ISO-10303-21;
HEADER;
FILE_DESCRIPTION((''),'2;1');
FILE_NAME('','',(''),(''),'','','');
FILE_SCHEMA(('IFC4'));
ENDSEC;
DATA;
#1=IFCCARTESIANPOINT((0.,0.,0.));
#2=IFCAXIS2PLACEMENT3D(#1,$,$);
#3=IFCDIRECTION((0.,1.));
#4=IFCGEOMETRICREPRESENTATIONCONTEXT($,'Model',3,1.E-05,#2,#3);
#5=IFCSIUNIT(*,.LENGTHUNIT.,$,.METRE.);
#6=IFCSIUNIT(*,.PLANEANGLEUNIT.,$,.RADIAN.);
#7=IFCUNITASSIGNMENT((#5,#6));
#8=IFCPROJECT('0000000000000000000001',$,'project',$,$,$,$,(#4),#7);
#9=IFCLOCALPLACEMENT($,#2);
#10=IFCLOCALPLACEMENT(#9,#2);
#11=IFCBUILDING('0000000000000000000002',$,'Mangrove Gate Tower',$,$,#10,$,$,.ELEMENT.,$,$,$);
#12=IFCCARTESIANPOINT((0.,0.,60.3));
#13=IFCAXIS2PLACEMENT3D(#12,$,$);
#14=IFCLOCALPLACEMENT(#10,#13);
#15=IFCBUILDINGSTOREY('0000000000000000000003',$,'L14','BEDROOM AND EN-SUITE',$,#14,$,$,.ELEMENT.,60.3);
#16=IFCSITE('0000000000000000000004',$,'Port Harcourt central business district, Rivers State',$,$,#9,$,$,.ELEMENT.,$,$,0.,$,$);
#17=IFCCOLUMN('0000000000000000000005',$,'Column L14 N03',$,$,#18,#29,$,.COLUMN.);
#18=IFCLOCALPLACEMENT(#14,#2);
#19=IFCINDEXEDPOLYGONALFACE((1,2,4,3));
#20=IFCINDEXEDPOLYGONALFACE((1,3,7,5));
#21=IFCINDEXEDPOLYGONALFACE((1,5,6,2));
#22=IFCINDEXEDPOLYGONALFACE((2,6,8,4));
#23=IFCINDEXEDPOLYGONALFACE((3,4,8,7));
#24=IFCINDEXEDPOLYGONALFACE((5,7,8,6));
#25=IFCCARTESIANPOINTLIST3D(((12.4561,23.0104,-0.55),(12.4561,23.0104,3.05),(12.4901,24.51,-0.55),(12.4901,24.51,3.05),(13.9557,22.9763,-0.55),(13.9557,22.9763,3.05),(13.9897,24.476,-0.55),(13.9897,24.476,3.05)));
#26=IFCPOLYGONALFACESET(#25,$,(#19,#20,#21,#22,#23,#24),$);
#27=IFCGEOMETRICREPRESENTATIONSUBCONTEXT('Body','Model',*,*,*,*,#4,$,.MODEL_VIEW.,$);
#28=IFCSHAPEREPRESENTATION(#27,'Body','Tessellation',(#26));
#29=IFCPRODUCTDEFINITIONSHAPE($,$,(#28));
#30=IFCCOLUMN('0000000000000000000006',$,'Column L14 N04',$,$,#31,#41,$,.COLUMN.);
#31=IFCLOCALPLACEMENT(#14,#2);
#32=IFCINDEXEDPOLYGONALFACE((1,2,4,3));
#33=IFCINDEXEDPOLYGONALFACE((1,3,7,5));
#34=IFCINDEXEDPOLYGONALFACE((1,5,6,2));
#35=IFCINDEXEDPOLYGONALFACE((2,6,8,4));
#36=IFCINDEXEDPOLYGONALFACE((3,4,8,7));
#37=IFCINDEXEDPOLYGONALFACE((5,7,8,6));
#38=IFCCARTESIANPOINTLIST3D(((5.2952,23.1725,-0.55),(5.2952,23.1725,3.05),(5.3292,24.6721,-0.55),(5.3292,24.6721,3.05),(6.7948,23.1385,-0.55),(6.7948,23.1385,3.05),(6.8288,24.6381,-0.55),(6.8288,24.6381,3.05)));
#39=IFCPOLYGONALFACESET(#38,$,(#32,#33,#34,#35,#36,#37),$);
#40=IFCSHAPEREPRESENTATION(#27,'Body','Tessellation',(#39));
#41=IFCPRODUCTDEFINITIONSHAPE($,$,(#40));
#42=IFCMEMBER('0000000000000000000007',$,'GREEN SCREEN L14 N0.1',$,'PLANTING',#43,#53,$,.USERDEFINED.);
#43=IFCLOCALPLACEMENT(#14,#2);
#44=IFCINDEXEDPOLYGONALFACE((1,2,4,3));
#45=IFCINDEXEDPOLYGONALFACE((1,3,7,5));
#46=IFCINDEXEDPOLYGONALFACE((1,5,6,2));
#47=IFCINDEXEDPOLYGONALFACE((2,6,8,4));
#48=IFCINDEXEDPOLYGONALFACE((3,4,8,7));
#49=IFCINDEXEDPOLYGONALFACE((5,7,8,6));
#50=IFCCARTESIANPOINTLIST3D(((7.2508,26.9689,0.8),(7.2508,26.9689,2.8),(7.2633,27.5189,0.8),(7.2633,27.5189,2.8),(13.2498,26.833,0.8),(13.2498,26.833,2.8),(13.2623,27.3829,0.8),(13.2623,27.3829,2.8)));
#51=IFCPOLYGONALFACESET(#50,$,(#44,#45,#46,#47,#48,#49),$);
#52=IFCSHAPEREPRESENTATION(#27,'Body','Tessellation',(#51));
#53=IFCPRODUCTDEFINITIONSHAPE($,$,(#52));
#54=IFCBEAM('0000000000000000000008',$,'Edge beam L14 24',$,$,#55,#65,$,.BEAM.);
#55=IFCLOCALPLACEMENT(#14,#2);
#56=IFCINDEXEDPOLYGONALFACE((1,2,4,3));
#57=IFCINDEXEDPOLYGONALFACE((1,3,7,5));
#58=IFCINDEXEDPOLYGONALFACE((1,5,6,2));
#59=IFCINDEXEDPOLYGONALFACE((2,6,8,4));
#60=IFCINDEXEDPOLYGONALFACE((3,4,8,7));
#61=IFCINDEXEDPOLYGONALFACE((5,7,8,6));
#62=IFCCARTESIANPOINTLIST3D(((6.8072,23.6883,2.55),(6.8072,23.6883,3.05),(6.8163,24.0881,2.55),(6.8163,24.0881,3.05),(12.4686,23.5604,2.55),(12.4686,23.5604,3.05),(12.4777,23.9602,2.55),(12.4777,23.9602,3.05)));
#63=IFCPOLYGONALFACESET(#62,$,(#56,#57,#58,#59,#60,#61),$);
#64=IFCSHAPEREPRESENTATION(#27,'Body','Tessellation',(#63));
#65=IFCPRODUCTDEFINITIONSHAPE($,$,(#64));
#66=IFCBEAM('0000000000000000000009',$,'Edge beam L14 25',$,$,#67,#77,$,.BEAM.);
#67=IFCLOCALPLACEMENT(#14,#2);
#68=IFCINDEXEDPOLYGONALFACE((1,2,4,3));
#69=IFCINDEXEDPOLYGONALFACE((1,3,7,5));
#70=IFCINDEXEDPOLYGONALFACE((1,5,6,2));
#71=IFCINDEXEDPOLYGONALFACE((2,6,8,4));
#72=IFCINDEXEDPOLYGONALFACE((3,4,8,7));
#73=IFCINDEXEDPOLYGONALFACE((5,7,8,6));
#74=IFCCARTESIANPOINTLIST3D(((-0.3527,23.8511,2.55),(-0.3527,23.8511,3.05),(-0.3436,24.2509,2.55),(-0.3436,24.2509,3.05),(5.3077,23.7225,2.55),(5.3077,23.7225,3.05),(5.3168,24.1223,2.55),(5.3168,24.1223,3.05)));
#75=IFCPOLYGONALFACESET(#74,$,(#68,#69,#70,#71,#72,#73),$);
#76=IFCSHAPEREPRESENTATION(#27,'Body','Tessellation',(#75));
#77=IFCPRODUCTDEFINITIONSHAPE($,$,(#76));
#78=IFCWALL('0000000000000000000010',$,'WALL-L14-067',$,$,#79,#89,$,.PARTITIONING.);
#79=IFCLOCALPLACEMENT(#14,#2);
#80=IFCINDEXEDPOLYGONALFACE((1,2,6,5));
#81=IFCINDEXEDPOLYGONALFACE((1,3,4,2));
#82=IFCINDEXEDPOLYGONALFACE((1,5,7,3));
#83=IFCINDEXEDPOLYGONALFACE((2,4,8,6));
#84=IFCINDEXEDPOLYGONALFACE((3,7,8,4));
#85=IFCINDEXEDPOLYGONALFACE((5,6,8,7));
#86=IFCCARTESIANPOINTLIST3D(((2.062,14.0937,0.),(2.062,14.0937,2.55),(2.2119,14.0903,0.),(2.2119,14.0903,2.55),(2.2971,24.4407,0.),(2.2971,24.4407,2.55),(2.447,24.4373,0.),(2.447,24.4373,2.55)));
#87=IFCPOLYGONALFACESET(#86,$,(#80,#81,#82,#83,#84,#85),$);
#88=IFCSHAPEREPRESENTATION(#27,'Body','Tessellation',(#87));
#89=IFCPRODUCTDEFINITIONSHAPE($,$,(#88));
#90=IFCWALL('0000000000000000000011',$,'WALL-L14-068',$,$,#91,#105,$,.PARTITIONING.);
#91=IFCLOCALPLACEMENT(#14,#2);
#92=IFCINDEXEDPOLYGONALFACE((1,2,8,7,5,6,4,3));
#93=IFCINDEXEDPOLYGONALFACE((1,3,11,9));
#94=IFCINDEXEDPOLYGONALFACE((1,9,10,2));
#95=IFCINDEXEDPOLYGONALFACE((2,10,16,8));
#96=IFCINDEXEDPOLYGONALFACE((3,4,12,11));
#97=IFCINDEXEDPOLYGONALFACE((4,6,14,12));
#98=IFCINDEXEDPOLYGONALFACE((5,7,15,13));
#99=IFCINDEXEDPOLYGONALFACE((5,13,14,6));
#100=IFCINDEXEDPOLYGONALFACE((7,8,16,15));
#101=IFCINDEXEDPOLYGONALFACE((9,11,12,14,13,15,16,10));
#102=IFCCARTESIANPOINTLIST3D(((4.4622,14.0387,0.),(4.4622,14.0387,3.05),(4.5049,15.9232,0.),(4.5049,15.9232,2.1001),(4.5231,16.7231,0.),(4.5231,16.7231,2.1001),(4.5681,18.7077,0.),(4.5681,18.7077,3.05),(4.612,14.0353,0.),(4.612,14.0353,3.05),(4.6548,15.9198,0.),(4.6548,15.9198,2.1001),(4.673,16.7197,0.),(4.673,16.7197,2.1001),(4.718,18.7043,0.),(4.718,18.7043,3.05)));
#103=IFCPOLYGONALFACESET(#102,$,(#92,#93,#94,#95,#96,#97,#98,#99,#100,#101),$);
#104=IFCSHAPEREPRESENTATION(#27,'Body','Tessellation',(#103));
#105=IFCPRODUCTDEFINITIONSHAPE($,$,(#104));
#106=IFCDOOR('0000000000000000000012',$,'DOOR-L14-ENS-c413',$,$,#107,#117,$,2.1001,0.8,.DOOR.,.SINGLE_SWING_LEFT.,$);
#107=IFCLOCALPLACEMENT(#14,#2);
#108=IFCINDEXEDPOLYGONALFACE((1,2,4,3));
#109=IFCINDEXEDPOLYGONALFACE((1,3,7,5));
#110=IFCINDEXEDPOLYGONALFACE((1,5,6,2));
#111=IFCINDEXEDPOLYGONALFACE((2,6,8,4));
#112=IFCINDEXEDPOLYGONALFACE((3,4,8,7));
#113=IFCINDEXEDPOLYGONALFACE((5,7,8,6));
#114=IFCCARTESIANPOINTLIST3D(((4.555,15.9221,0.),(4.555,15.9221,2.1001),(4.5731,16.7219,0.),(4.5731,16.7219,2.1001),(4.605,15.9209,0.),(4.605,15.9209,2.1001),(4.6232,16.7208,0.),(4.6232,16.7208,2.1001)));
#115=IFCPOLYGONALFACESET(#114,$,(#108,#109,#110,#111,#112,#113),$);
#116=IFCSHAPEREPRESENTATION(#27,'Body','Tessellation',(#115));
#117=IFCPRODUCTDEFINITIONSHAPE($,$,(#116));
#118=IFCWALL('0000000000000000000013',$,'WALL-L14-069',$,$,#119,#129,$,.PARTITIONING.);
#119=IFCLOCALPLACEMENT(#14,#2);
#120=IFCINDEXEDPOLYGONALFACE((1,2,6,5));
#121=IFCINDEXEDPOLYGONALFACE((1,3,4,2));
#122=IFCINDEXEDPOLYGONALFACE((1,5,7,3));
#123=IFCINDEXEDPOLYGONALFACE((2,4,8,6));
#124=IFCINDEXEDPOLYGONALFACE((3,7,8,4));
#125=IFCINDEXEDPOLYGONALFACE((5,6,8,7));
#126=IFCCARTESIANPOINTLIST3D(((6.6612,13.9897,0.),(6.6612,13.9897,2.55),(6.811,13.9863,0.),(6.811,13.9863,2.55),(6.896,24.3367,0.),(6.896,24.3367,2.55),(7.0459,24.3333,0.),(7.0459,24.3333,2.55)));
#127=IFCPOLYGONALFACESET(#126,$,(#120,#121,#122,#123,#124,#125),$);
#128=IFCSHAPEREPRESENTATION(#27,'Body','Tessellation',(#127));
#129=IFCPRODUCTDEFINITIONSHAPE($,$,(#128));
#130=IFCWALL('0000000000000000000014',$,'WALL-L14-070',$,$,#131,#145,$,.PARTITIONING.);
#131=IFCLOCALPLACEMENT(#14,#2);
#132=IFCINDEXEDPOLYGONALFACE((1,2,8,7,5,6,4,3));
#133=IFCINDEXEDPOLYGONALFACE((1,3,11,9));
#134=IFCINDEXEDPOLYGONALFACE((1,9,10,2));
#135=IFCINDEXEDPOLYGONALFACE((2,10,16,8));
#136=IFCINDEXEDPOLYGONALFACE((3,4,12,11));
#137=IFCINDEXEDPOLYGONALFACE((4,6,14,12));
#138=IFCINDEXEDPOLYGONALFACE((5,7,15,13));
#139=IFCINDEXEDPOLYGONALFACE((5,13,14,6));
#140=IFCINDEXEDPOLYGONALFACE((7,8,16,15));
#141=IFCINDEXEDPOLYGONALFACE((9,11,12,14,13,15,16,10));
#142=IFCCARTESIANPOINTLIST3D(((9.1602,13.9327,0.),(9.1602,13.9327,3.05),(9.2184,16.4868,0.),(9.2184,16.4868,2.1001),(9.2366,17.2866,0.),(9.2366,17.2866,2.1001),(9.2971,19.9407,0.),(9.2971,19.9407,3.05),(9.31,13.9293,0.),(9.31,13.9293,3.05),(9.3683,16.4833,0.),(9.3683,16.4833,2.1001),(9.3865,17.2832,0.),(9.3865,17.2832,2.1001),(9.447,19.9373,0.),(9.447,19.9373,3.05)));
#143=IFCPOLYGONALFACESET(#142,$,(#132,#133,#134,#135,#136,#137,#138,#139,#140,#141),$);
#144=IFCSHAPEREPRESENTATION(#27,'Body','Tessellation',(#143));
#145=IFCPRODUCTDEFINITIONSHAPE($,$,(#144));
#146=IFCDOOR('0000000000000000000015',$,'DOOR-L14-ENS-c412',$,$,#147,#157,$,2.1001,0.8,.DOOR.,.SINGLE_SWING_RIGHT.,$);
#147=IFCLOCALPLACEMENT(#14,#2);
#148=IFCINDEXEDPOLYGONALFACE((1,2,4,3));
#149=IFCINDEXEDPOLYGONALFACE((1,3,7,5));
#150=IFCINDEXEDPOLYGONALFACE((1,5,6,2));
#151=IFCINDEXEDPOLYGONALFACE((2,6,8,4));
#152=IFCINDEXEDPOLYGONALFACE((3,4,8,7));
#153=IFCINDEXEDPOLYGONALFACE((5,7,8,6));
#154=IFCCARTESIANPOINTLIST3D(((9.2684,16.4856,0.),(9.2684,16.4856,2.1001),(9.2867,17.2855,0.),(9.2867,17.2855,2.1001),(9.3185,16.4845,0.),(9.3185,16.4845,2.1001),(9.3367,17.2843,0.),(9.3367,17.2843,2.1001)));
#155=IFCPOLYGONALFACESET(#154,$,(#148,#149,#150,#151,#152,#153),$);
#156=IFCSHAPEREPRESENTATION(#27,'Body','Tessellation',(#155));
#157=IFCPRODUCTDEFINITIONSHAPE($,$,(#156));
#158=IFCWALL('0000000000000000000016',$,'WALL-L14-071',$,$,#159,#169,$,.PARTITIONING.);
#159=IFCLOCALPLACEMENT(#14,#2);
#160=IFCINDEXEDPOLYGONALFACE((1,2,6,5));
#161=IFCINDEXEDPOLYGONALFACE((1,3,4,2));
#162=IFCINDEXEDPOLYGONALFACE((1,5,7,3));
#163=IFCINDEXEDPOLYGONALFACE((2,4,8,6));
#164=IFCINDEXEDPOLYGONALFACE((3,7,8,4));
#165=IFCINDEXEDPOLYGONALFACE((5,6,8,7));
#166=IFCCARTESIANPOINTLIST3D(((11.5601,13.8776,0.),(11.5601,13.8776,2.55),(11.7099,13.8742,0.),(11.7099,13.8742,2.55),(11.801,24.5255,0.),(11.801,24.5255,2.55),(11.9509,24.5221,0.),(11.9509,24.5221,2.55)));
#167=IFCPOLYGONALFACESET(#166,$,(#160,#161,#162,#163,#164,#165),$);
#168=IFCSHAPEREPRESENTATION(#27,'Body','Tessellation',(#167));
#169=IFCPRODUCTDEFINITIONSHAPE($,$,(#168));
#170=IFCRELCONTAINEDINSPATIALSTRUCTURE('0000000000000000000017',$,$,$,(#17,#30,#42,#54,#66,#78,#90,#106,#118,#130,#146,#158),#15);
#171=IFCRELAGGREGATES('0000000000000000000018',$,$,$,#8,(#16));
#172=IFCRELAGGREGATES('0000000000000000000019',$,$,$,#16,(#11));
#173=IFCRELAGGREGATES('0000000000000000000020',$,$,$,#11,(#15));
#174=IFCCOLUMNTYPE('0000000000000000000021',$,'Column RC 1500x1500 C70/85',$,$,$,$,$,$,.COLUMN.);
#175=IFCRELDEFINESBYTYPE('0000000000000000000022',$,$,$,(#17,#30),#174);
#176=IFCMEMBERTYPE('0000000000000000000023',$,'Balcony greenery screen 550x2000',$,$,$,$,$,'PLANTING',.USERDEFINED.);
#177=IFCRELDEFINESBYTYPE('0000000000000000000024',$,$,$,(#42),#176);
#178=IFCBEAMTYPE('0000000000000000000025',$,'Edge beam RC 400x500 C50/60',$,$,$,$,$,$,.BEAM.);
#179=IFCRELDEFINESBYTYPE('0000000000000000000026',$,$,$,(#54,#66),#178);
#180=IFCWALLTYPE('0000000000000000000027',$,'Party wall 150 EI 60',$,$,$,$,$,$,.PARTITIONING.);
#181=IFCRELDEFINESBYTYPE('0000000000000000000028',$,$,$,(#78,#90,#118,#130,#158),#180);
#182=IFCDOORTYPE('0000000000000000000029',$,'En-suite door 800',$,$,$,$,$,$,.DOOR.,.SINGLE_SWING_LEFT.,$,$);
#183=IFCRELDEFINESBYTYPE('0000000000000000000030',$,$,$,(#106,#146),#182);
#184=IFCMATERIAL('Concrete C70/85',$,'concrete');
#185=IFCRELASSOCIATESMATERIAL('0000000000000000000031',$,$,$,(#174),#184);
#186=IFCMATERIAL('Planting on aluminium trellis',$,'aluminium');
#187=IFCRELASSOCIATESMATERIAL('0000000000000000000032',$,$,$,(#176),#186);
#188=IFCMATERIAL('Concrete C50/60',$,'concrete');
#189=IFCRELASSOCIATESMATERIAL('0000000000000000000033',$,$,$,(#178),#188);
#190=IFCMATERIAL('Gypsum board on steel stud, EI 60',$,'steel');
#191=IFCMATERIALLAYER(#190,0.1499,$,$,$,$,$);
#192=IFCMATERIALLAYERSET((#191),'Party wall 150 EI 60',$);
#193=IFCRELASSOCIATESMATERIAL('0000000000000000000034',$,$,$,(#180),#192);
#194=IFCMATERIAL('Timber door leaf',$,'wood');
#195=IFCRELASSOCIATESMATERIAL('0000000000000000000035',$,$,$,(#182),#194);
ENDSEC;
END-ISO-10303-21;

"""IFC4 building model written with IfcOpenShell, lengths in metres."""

from ifc_helpers import new_model, si_unit, direction, frame, frame_2d, origin, origin_2d, place, context, subcontext, project, spatial, rectangle, extrude, material, layer, layer_set, material_profile, profile_set, type_object, element, fill, save


model = new_model("IFC4")

# Units and contexts
model_context = context("Model", 3, precision=1e-05, world=origin(), true_north=direction((0.0, 1.0)))
body_context = subcontext(model_context, "Body", "Model", "MODEL_VIEW")
ifc_project = project(units=[si_unit("LENGTHUNIT", "METRE"), si_unit("PLANEANGLEUNIT", "RADIAN")], contexts=[model_context])

# Site, building, storey
site_placement = place(None, origin())
site = spatial("IfcSite", under=ifc_project, at=site_placement, Name="Port Harcourt central business district, Rivers State", CompositionType="ELEMENT", RefElevation=0.0)
building_placement = place(site_placement, origin())
building = spatial("IfcBuilding", under=site, at=building_placement, Name="Mangrove Gate Tower", CompositionType="ELEMENT")
storey_placement = place(building_placement, frame((0.0, 0.0, 60.3)))
storey = spatial("IfcBuildingStorey", under=building, at=storey_placement, Name="L14", Description="BEDROOM AND EN-SUITE", CompositionType="ELEMENT", Elevation=60.3)

# Columns
ifc_material_1 = material(Name="Concrete C70/85", Category="concrete")
ifc_material_profile_1 = material_profile(ifc_material_1, rectangle(XDim=1.5, YDim=1.5, at=origin_2d()))
ifc_profile_set_1 = profile_set([ifc_material_profile_1], Name="Concrete C70/85")
column_type = type_object("IfcColumnType", Name="Column RC 1500x1500 C70/85", PredefinedType="COLUMN", material=ifc_profile_set_1)
for number, where, z_axis, x_axis, name in (
    (1, (13.2229, 23.7432, -0.55), (0.0, 0.0, 1.0), (-0.999743, 0.022688, 0.0), "Column L14 N03"),
    (2, (6.062, 23.9053, -0.55), (0.0, 0.0, 1.0), (-0.999743, 0.022688, 0.0), "Column L14 N04"),
):
    element("IfcColumn", number, at=place(storey_placement, frame(where, z_axis=z_axis, x_axis=x_axis)), inside=storey, type_object=column_type, Name=name, PredefinedType="COLUMN", context=body_context, shape_type="SweptSolid", body=[
        extrude(rectangle(XDim=1.5, YDim=1.5, at=origin_2d()), origin(), (0.0, 0.0, 1.0), 3.6001),
    ])

# Member
ifc_material_2 = material(Name="Planting on aluminium trellis", Category="aluminium")
ifc_material_profile_2 = material_profile(ifc_material_2, rectangle(XDim=0.55, YDim=2.0, at=origin_2d()))
ifc_profile_set_2 = profile_set([ifc_material_profile_2], Name="Planting on aluminium trellis")
member_type = type_object("IfcMemberType", Name="Balcony greenery screen 550x2000", ElementType="PLANTING", PredefinedType="USERDEFINED", material=ifc_profile_set_2)
member_placement = place(storey_placement, frame((7.2571, 27.2439, 1.8), z_axis=(0.999743, -0.022662, 0.0), x_axis=(0.022662, 0.999743, 0.0)))
element("IfcMember", 3, at=member_placement, inside=storey, type_object=member_type, Name="GREEN SCREEN L14 N0.1", ObjectType="PLANTING", PredefinedType="USERDEFINED", context=body_context, shape_type="SweptSolid", body=[
    extrude(rectangle(XDim=0.55, YDim=2.0, at=origin_2d()), origin(), (0.0, 0.0, 1.0), 6.0005),
])

# Beams
ifc_material_3 = material(Name="Concrete C50/60", Category="concrete")
ifc_material_profile_3 = material_profile(ifc_material_3, rectangle(XDim=0.3999, YDim=0.5, at=origin_2d()))
ifc_profile_set_3 = profile_set([ifc_material_profile_3], Name="Concrete C50/60")
beam_type = type_object("IfcBeamType", Name="Edge beam RC 400x500 C50/60", PredefinedType="BEAM", material=ifc_profile_set_3)
beam_1_placement = place(storey_placement, frame((12.4731, 23.7603, 2.8), z_axis=(-0.999745, 0.022591, 0.0), x_axis=(-0.022591, -0.999745, 0.0)))
element("IfcBeam", 4, at=beam_1_placement, inside=storey, type_object=beam_type, Name="Edge beam L14 24", PredefinedType="BEAM", context=body_context, shape_type="SweptSolid", body=[
    extrude(rectangle(XDim=0.3999, YDim=0.5, at=origin_2d()), origin(), (0.0, 0.0, 1.0), 5.6628),
])
beam_2_placement = place(storey_placement, frame((5.3123, 23.9224, 2.8), z_axis=(-0.999742, 0.022724, 0.0), x_axis=(-0.022724, -0.999742, 0.0)))
element("IfcBeam", 5, at=beam_2_placement, inside=storey, type_object=beam_type, Name="Edge beam L14 25", PredefinedType="BEAM", context=body_context, shape_type="SweptSolid", body=[
    extrude(rectangle(XDim=0.3999, YDim=0.5, at=origin_2d()), origin(), (0.0, 0.0, 1.0), 5.6619),
])

# Wall
ifc_material_4 = material(Name="Gypsum board on steel stud, EI 60", Category="steel")
ifc_layer_1 = layer(ifc_material_4, 0.1499)
ifc_layer_set_1 = layer_set([ifc_layer_1], Name="Party wall 150 EI 60")
wall_type_1 = type_object("IfcWallType", Name="Party wall 150 EI 60", PredefinedType="PARTITIONING", material=ifc_layer_set_1)
wall_1_placement = place(storey_placement, frame((2.137, 14.092, 0.0), z_axis=(0.0, 0.0, 1.0), x_axis=(0.022717, 0.999742, 0.0)))
element("IfcWall", 6, at=wall_1_placement, inside=storey, type_object=wall_type_1, Name="WALL-L14-067", PredefinedType="PARTITIONING", context=body_context, shape_type="SweptSolid", body=[
    extrude(rectangle(XDim=10.3496, YDim=0.1499, at=frame_2d((5.1748, 0.0))), origin(), (0.0, 0.0, 1.0), 2.55),
])

# Wall, opening, door
wall_2_placement = place(storey_placement, frame((4.5371, 14.0371, 0.0), z_axis=(0.0, 0.0, 1.0), x_axis=(0.022688, 0.999743, 0.0)))
wall_2 = element("IfcWall", 7, at=wall_2_placement, inside=storey, type_object=wall_type_1, Name="WALL-L14-068", PredefinedType="PARTITIONING", context=body_context, shape_type="SweptSolid", body=[
    extrude(rectangle(XDim=4.6702, YDim=0.1499, at=frame_2d((2.335, 0.0))), origin(), (0.0, 0.0, 1.0), 3.05),
])
opening_1_placement = place(wall_2_placement, frame((1.885, 0.0, 0.0)))
opening_1 = element("IfcOpeningElement", 8, at=opening_1_placement, cuts=wall_2, PredefinedType="OPENING", context=body_context, shape_type="SweptSolid", body=[
    extrude(rectangle(XDim=0.8, YDim=2.1001, at=frame_2d((0.3999, 1.05))), frame((0.0, 0.085, 0.0), z_axis=(0.0, -1.0, 0.0), x_axis=(1.0, 0.0, 0.0)), (0.0, 0.0, 1.0), 0.1699),
])
ifc_material_5 = material(Name="Timber door leaf", Category="wood")
door_type = type_object("IfcDoorType", Name="En-suite door 800", OperationType="SINGLE_SWING_LEFT", PredefinedType="DOOR", material=ifc_material_5)
door_1_placement = place(opening_1_placement, origin())
door_1 = element("IfcDoor", 9, at=door_1_placement, inside=storey, type_object=door_type, Name="DOOR-L14-ENS-c413", OperationType="SINGLE_SWING_LEFT", OverallHeight=2.1001, OverallWidth=0.8, PredefinedType="DOOR", context=body_context, shape_type="SweptSolid", body=[
    extrude(rectangle(XDim=0.8, YDim=2.1001, at=frame_2d((0.3999, 1.05))), frame((0.0, 0.0249, 0.0), z_axis=(0.0, -1.0, 0.0), x_axis=(1.0, 0.0, 0.0)), (0.0, 0.0, 1.0), 0.05),
])
fill(opening_1, door_1)

# Wall
wall_3_placement = place(storey_placement, frame((6.7361, 13.988, 0.0), z_axis=(0.0, 0.0, 1.0), x_axis=(0.022693, 0.999742, 0.0)))
element("IfcWall", 10, at=wall_3_placement, inside=storey, type_object=wall_type_1, Name="WALL-L14-069", PredefinedType="PARTITIONING", context=body_context, shape_type="SweptSolid", body=[
    extrude(rectangle(XDim=10.3496, YDim=0.1499, at=frame_2d((5.1748, 0.0))), origin(), (0.0, 0.0, 1.0), 2.55),
])

# Wall, opening, door
wall_4_placement = place(storey_placement, frame((9.2351, 13.9309, 0.0), z_axis=(0.0, 0.0, 1.0), x_axis=(0.022791, 0.99974, 0.0)))
wall_4 = element("IfcWall", 11, at=wall_4_placement, inside=storey, type_object=wall_type_1, Name="WALL-L14-070", PredefinedType="PARTITIONING", context=body_context, shape_type="SweptSolid", body=[
    extrude(rectangle(XDim=6.0095, YDim=0.1499, at=frame_2d((3.0049, 0.0))), origin(), (0.0, 0.0, 1.0), 3.05),
])
opening_2_placement = place(wall_4_placement, frame((2.5549, 0.0, 0.0)))
opening_2 = element("IfcOpeningElement", 12, at=opening_2_placement, cuts=wall_4, PredefinedType="OPENING", context=body_context, shape_type="SweptSolid", body=[
    extrude(rectangle(XDim=0.8, YDim=2.1001, at=frame_2d((0.3999, 1.05))), frame((0.0, 0.085, 0.0), z_axis=(0.0, -1.0, 0.0), x_axis=(1.0, 0.0, 0.0)), (0.0, 0.0, 1.0), 0.1699),
])
door_2_placement = place(opening_2_placement, origin())
door_2 = element("IfcDoor", 13, at=door_2_placement, inside=storey, type_object=door_type, Name="DOOR-L14-ENS-c412", OperationType="SINGLE_SWING_RIGHT", OverallHeight=2.1001, OverallWidth=0.8, PredefinedType="DOOR", context=body_context, shape_type="SweptSolid", body=[
    extrude(rectangle(XDim=0.8, YDim=2.1001, at=frame_2d((0.3999, 1.05))), frame((0.0, 0.0249, 0.0), z_axis=(0.0, -1.0, 0.0), x_axis=(1.0, 0.0, 0.0)), (0.0, 0.0, 1.0), 0.05),
])
fill(opening_2, door_2)

# Wall
wall_5_placement = place(storey_placement, frame((11.635, 13.876, 0.0), z_axis=(0.0, 0.0, 1.0), x_axis=(0.022625, 0.999744, 0.0)))
element("IfcWall", 14, at=wall_5_placement, inside=storey, type_object=wall_type_1, Name="WALL-L14-071", PredefinedType="PARTITIONING", context=body_context, shape_type="SweptSolid", body=[
    extrude(rectangle(XDim=10.6506, YDim=0.1499, at=frame_2d((5.3252, 0.0))), origin(), (0.0, 0.0, 1.0), 2.55),
])

save(model, "model.ifc")
